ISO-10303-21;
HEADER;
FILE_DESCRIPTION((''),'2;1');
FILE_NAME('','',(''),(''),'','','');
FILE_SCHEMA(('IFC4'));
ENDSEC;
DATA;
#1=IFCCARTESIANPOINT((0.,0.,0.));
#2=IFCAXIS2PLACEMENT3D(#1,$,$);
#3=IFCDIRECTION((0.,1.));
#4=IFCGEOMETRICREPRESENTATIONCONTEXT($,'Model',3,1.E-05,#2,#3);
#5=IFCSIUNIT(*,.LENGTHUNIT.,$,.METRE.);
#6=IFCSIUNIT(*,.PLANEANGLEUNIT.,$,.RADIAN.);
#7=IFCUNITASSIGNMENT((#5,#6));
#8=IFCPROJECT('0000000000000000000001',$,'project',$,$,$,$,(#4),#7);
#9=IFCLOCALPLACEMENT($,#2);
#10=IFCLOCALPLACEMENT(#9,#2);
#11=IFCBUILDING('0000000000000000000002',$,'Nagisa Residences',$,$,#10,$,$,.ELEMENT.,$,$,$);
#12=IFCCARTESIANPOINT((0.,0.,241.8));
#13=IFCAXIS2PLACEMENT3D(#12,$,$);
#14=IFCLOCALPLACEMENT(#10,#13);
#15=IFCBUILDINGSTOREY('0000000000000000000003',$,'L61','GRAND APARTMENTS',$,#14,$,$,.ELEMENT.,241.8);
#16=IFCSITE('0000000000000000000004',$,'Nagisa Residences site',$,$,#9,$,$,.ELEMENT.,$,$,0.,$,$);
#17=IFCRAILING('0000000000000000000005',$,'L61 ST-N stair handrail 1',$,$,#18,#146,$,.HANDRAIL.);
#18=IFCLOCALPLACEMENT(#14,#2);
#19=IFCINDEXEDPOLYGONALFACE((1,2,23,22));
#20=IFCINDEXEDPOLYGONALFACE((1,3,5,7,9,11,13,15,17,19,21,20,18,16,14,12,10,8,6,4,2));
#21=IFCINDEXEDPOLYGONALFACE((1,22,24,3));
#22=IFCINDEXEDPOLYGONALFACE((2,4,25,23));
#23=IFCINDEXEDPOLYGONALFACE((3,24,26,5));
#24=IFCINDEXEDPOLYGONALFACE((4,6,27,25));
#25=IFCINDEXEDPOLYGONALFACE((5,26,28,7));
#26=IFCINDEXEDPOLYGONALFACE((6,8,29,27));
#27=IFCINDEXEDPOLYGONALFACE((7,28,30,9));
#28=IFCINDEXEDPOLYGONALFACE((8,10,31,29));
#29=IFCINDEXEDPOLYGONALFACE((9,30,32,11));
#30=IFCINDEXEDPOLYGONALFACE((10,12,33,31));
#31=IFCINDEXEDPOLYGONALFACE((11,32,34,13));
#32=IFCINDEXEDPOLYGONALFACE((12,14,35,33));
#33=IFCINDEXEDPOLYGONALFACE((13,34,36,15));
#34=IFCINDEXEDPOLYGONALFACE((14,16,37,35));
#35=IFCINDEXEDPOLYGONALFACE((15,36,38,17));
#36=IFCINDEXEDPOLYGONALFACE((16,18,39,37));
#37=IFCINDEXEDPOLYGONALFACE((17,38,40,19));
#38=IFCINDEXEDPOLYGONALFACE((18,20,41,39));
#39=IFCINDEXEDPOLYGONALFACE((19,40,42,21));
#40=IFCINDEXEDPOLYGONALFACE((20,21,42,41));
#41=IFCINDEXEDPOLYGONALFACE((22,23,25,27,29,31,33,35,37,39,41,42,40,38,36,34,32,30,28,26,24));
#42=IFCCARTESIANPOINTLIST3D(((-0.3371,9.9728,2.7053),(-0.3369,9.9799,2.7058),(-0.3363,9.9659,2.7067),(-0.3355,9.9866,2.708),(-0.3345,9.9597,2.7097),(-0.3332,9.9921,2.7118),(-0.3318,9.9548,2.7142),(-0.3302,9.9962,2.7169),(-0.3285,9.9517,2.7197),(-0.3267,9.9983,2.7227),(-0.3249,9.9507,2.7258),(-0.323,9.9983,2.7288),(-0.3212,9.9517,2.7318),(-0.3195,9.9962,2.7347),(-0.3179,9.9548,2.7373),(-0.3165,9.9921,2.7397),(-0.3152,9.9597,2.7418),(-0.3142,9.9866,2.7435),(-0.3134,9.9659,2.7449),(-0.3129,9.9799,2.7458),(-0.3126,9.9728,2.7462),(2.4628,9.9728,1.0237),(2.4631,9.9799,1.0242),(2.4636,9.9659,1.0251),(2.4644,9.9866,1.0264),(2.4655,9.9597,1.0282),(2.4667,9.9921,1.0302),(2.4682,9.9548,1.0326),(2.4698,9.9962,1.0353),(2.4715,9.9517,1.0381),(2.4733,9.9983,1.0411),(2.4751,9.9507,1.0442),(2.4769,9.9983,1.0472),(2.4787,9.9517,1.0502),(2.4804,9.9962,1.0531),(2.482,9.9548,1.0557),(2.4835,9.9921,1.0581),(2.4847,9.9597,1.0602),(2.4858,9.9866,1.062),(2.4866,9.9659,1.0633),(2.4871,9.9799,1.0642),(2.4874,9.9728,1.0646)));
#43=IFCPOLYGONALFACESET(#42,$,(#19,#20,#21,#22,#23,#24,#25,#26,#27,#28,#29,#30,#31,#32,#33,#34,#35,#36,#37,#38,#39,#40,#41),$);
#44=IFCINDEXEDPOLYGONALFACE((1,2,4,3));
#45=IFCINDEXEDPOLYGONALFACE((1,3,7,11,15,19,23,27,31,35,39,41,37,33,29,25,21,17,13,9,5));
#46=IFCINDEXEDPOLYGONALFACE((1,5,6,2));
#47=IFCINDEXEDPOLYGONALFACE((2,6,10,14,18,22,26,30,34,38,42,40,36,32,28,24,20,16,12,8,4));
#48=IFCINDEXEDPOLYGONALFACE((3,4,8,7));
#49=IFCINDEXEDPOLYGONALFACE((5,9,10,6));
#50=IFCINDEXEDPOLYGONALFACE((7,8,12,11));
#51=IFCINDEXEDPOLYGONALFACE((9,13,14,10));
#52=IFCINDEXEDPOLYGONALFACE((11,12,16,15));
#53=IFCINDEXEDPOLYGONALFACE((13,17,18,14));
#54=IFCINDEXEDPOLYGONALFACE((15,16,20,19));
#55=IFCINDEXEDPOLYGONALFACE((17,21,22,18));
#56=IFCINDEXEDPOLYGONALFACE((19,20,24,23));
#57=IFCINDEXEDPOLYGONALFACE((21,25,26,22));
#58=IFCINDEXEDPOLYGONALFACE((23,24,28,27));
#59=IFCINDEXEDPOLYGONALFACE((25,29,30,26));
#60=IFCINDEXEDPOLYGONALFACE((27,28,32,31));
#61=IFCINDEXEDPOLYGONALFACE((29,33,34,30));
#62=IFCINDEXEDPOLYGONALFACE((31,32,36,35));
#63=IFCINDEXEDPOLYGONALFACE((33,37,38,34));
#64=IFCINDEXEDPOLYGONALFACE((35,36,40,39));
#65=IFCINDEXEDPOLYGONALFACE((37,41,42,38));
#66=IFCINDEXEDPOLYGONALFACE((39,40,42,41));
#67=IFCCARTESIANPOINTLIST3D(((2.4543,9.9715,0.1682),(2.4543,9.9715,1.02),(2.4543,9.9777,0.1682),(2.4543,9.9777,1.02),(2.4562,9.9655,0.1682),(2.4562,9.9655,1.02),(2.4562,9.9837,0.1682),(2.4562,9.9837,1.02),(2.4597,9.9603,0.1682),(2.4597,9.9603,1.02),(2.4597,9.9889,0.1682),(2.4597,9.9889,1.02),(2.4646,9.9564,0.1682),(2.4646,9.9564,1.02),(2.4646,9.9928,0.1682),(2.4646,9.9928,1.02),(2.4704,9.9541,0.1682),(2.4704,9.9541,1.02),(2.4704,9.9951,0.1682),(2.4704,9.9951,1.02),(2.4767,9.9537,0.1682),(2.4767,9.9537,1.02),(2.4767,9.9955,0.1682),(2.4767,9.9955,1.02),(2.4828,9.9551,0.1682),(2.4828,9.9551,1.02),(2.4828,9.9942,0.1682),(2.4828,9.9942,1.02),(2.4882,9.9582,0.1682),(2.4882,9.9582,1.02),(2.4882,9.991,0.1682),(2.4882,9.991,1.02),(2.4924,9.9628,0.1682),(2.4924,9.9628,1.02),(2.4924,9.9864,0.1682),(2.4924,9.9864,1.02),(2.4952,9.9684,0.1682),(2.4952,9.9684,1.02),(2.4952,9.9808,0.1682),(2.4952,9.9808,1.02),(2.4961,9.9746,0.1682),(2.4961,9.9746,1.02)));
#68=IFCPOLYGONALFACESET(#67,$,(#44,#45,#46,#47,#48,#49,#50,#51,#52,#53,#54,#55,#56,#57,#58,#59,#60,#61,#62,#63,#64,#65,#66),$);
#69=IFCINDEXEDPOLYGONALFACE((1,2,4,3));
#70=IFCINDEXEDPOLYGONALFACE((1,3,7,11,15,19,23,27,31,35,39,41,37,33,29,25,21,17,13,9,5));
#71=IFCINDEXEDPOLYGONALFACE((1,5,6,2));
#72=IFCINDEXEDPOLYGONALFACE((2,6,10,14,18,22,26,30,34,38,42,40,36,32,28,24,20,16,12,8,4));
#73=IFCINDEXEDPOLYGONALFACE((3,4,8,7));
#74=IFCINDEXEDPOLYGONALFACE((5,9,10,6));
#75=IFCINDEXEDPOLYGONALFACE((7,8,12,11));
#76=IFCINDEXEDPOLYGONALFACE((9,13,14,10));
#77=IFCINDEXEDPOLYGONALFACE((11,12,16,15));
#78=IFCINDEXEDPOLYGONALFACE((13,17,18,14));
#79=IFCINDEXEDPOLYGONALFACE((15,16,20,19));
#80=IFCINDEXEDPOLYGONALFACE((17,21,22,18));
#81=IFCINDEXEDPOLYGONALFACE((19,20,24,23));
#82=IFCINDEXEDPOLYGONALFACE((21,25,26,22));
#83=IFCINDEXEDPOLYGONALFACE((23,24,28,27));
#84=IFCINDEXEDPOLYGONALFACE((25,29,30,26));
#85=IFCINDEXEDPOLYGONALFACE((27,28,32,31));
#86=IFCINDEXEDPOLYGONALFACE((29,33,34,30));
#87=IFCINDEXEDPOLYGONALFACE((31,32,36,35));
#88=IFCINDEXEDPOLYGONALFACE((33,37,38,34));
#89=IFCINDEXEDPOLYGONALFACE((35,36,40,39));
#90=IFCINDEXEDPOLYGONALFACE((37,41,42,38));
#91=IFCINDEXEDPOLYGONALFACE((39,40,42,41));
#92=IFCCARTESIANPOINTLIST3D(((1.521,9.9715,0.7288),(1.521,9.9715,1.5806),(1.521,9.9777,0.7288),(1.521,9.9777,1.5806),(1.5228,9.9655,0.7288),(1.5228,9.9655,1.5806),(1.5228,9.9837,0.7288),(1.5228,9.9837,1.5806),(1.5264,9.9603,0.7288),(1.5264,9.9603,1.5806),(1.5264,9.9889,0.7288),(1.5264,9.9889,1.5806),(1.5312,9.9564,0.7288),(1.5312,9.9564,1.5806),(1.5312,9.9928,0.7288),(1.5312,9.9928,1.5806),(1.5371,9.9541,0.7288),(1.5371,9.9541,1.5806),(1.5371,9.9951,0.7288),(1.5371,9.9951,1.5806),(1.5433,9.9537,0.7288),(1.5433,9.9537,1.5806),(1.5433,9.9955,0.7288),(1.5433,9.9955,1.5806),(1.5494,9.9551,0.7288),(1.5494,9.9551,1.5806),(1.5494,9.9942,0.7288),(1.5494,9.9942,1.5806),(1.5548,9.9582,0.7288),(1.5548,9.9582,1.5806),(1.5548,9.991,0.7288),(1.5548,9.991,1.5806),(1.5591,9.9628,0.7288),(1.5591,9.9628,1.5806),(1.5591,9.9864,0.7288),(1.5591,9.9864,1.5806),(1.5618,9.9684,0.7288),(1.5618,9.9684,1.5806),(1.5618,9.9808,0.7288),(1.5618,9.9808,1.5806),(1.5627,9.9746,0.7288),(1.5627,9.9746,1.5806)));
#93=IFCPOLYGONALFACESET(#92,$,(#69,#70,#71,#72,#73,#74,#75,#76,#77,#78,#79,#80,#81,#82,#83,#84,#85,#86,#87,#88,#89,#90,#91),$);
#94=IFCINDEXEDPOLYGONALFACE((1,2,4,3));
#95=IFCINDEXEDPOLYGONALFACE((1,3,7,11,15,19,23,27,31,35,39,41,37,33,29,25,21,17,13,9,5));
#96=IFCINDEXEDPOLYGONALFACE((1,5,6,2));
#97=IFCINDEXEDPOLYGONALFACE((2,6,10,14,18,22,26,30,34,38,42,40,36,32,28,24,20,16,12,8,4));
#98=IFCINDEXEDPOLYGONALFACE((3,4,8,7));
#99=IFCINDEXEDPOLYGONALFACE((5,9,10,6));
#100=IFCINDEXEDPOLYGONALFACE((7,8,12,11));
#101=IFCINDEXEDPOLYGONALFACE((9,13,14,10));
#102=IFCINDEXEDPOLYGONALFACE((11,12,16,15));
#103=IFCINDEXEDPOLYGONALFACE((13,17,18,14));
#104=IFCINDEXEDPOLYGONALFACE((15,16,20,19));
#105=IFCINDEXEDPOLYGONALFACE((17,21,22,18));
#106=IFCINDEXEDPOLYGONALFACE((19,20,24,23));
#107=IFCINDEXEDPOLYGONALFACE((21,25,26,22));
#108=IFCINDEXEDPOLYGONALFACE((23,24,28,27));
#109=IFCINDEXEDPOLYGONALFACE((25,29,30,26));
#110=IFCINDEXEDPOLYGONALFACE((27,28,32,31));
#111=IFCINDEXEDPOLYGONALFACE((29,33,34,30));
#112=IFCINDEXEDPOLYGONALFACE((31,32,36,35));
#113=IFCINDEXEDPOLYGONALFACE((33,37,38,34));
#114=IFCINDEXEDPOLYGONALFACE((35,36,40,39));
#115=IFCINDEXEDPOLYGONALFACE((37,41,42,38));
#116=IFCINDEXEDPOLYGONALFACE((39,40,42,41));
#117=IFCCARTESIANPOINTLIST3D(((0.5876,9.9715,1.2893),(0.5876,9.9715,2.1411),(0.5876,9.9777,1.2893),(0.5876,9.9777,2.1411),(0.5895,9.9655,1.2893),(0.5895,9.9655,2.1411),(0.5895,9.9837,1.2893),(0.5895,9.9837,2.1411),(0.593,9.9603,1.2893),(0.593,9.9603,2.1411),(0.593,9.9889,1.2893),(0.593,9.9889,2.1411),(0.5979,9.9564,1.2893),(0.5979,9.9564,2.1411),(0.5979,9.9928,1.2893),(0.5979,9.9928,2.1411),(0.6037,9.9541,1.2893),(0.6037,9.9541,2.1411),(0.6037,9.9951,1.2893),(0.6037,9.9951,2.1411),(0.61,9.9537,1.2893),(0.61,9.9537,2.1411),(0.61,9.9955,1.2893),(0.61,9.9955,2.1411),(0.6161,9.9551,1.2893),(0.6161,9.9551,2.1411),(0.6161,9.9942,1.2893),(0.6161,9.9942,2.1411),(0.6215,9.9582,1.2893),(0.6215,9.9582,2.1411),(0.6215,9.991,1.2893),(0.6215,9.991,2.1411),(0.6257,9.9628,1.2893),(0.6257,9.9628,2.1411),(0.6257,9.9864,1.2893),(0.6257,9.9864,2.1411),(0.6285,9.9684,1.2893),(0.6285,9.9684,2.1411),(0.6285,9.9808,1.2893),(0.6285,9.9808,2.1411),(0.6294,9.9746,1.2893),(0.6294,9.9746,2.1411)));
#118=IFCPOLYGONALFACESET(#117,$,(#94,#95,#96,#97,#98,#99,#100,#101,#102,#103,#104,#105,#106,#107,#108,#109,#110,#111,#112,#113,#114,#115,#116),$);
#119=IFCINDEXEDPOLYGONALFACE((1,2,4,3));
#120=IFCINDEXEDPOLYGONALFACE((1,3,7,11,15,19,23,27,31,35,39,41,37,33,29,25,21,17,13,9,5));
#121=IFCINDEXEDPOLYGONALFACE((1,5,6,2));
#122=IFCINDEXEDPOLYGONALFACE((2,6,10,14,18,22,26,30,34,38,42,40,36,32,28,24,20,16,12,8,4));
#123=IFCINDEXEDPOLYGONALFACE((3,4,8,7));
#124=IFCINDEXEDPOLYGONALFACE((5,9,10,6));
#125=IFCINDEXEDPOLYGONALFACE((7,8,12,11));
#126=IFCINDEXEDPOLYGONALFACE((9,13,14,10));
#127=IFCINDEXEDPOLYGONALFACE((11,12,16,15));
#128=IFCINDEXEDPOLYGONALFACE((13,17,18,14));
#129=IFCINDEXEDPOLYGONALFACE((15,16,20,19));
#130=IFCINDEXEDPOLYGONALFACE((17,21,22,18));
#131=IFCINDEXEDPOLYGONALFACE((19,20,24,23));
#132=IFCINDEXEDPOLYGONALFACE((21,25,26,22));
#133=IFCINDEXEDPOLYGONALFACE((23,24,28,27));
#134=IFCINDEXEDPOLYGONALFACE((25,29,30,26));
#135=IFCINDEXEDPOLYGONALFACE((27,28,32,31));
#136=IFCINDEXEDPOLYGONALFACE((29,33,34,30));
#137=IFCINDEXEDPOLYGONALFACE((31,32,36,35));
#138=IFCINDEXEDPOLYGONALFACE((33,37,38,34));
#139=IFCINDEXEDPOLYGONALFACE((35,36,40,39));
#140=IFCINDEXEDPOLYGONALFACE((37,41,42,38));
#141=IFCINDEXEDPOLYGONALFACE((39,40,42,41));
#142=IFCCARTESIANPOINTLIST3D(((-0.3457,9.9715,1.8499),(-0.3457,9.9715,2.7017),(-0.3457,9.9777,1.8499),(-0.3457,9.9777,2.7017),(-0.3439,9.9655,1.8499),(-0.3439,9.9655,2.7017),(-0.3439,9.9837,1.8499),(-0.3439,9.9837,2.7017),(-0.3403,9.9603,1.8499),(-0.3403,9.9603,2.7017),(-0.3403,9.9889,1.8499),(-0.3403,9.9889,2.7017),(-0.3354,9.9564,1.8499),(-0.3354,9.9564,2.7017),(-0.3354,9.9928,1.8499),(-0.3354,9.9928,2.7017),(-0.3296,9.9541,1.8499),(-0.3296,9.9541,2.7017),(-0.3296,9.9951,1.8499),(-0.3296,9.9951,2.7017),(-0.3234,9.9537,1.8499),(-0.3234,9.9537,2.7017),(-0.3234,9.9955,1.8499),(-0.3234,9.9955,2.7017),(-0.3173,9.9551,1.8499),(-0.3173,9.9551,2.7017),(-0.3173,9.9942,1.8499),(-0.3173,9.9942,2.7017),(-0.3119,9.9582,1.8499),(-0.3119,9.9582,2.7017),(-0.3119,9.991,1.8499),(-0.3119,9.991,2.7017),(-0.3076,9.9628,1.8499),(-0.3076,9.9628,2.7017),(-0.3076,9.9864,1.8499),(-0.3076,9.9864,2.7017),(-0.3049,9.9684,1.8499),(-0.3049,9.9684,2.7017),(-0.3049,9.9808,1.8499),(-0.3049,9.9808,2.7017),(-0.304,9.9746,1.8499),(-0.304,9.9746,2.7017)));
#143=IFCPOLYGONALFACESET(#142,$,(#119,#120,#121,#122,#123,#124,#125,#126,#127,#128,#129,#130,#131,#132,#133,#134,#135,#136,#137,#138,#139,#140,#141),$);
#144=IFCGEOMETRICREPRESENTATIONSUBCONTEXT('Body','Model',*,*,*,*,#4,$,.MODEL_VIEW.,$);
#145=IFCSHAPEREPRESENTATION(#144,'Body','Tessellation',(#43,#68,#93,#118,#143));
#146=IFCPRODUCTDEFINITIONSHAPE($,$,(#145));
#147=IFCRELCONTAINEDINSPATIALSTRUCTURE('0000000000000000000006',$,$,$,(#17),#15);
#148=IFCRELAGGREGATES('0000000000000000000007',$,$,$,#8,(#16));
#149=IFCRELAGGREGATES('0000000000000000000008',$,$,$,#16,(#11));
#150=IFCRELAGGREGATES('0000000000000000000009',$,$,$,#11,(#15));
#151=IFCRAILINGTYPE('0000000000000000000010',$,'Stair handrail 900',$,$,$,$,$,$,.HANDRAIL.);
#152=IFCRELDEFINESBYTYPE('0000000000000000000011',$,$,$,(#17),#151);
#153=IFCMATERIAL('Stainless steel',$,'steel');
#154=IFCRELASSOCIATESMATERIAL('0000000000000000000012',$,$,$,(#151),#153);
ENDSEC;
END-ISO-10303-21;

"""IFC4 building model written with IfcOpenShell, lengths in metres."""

from ifc_helpers import new_model, si_unit, direction, frame, origin, origin_2d, place, context, subcontext, project, spatial, circle, extrude, material, type_object, element, save


model = new_model("IFC4")

# Units and contexts
model_context = context("Model", 3, precision=1e-05, world=origin(), true_north=direction((0.0, 1.0)))
body_context = subcontext(model_context, "Body", "Model", "MODEL_VIEW")
ifc_project = project(units=[si_unit("LENGTHUNIT", "METRE"), si_unit("PLANEANGLEUNIT", "RADIAN")], contexts=[model_context])

# Site, building, storey
site_placement = place(None, origin())
site = spatial("IfcSite", under=ifc_project, at=site_placement, Name="Nagisa Residences site", CompositionType="ELEMENT", RefElevation=0.0)
building_placement = place(site_placement, origin())
building = spatial("IfcBuilding", under=site, at=building_placement, Name="Nagisa Residences", CompositionType="ELEMENT")
storey_placement = place(building_placement, frame((0.0, 0.0, 241.8)))
storey = spatial("IfcBuildingStorey", under=building, at=storey_placement, Name="L61", Description="GRAND APARTMENTS", CompositionType="ELEMENT", Elevation=241.8)

# Railing
ifc_material_1 = material(Name="Stainless steel", Category="steel")
railing_type_1 = type_object("IfcRailingType", Name="Stair handrail 900", PredefinedType="HANDRAIL", material=ifc_material_1)
railing_1_placement = place(storey_placement, frame((2.4751, 9.9746, 0.1682)))
element("IfcRailing", 1, at=railing_1_placement, inside=storey, type_object=railing_type_1, Name="L61 ST-N stair handrail 1", PredefinedType="HANDRAIL", context=body_context, shape_type="SweptSolid", body=[
    extrude(circle(Radius=0.0239, at=origin_2d()), frame((0.0, 0.0, 0.876), z_axis=(-0.857275, 0.0, 0.514858), x_axis=(0.0, -1.0, 0.0)), (0.0, 0.0, 1.0), 3.2661),
    extrude(circle(Radius=0.021, at=origin_2d()), origin(), (0.0, 0.0, 1.0), 0.8518),
    extrude(circle(Radius=0.021, at=origin_2d()), frame((-0.9333, 0.0, 0.5605)), (0.0, 0.0, 1.0), 0.8518),
    extrude(circle(Radius=0.021, at=origin_2d()), frame((-1.8667, 0.0, 1.1211)), (0.0, 0.0, 1.0), 0.8518),
    extrude(circle(Radius=0.021, at=origin_2d()), frame((-2.8, 0.0, 1.6816)), (0.0, 0.0, 1.0), 0.8518),
])

save(model, "model.ifc")
